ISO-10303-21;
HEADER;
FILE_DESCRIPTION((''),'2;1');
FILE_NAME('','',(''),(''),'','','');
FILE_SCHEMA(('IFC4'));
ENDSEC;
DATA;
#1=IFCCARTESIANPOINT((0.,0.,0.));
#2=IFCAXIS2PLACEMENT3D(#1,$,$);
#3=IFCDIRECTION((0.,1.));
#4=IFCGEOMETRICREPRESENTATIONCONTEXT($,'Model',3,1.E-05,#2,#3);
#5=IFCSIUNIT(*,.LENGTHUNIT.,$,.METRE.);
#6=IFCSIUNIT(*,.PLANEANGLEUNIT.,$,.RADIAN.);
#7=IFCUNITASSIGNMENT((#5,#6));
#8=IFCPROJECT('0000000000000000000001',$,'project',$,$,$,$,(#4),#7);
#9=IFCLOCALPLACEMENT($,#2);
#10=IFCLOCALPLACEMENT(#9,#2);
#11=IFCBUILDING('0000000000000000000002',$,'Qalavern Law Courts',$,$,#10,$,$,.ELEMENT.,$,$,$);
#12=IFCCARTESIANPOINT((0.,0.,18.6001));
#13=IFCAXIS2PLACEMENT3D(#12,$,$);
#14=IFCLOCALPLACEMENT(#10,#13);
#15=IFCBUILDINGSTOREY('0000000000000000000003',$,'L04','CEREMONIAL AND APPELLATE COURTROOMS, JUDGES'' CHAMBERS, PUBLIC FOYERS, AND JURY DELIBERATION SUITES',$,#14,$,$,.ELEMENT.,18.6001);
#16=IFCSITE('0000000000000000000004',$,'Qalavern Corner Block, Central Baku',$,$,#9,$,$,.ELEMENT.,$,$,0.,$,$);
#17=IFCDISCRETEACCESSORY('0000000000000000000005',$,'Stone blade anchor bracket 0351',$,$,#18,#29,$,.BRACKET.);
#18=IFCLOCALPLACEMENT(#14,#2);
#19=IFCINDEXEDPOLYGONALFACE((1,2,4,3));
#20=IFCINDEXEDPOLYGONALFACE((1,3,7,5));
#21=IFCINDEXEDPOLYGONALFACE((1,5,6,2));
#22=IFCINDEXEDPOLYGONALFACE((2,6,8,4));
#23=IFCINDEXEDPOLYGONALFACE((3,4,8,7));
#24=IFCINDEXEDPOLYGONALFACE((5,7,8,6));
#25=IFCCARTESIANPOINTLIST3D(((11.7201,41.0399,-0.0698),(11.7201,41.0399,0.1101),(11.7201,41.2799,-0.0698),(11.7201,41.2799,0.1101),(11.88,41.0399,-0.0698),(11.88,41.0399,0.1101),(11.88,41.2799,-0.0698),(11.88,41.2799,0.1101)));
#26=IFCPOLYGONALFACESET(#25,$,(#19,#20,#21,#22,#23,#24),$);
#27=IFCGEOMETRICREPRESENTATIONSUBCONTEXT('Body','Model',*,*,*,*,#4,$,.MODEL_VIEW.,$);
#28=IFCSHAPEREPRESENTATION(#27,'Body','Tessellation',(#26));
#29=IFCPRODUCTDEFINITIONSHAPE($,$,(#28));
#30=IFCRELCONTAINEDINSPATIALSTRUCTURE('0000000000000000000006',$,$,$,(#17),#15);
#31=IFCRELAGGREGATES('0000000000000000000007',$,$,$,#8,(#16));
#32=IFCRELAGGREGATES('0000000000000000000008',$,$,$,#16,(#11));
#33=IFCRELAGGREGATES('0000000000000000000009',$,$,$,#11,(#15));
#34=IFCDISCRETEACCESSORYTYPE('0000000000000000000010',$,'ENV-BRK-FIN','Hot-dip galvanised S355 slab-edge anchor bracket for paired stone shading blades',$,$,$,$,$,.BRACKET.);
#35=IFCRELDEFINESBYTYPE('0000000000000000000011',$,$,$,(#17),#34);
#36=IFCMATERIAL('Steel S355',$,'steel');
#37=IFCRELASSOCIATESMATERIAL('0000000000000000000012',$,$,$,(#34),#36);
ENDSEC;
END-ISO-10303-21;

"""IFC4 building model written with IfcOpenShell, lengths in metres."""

from ifc_helpers import new_model, si_unit, direction, frame, origin, origin_2d, place, context, subcontext, project, spatial, rectangle, extrude, material, type_object, element, save


model = new_model("IFC4")

# Units and contexts
model_context = context("Model", 3, precision=1e-05, world=origin(), true_north=direction((0.0, 1.0)))
body_context = subcontext(model_context, "Body", "Model", "MODEL_VIEW")
ifc_project = project(units=[si_unit("LENGTHUNIT", "METRE"), si_unit("PLANEANGLEUNIT", "RADIAN")], contexts=[model_context])

# Site, building, storey
site_placement = place(None, origin())
site = spatial("IfcSite", under=ifc_project, at=site_placement, Name="Qalavern Corner Block, Central Baku", CompositionType="ELEMENT", RefElevation=0.0)
building_placement = place(site_placement, origin())
building = spatial("IfcBuilding", under=site, at=building_placement, Name="Qalavern Law Courts", CompositionType="ELEMENT")
storey_placement = place(building_placement, frame((0.0, 0.0, 18.6001)))
storey = spatial("IfcBuildingStorey", under=building, at=storey_placement, Name="L04", Description="CEREMONIAL AND APPELLATE COURTROOMS, JUDGES' CHAMBERS, PUBLIC FOYERS, AND JURY DELIBERATION SUITES", CompositionType="ELEMENT", Elevation=18.6001)

# Discrete accessory
ifc_material_1 = material(Name="Steel S355", Category="steel")
discrete_accessory_type = type_object("IfcDiscreteAccessoryType", Name="ENV-BRK-FIN", Description="Hot-dip galvanised S355 slab-edge anchor bracket for paired stone shading blades", PredefinedType="BRACKET", material=ifc_material_1)
discrete_accessory_placement = place(storey_placement, frame((11.8, 41.1599, -0.0698), z_axis=(0.0, 0.0, 1.0), x_axis=(0.0, -1.0, 0.0)))
element("IfcDiscreteAccessory", 1, at=discrete_accessory_placement, inside=storey, type_object=discrete_accessory_type, Name="Stone blade anchor bracket 0351", PredefinedType="BRACKET", context=body_context, shape_type="SweptSolid", body=[
    extrude(rectangle(XDim=0.24, YDim=0.1599, at=origin_2d()), origin(), (0.0, 0.0, 1.0), 0.1799),
])

save(model, "model.ifc")
